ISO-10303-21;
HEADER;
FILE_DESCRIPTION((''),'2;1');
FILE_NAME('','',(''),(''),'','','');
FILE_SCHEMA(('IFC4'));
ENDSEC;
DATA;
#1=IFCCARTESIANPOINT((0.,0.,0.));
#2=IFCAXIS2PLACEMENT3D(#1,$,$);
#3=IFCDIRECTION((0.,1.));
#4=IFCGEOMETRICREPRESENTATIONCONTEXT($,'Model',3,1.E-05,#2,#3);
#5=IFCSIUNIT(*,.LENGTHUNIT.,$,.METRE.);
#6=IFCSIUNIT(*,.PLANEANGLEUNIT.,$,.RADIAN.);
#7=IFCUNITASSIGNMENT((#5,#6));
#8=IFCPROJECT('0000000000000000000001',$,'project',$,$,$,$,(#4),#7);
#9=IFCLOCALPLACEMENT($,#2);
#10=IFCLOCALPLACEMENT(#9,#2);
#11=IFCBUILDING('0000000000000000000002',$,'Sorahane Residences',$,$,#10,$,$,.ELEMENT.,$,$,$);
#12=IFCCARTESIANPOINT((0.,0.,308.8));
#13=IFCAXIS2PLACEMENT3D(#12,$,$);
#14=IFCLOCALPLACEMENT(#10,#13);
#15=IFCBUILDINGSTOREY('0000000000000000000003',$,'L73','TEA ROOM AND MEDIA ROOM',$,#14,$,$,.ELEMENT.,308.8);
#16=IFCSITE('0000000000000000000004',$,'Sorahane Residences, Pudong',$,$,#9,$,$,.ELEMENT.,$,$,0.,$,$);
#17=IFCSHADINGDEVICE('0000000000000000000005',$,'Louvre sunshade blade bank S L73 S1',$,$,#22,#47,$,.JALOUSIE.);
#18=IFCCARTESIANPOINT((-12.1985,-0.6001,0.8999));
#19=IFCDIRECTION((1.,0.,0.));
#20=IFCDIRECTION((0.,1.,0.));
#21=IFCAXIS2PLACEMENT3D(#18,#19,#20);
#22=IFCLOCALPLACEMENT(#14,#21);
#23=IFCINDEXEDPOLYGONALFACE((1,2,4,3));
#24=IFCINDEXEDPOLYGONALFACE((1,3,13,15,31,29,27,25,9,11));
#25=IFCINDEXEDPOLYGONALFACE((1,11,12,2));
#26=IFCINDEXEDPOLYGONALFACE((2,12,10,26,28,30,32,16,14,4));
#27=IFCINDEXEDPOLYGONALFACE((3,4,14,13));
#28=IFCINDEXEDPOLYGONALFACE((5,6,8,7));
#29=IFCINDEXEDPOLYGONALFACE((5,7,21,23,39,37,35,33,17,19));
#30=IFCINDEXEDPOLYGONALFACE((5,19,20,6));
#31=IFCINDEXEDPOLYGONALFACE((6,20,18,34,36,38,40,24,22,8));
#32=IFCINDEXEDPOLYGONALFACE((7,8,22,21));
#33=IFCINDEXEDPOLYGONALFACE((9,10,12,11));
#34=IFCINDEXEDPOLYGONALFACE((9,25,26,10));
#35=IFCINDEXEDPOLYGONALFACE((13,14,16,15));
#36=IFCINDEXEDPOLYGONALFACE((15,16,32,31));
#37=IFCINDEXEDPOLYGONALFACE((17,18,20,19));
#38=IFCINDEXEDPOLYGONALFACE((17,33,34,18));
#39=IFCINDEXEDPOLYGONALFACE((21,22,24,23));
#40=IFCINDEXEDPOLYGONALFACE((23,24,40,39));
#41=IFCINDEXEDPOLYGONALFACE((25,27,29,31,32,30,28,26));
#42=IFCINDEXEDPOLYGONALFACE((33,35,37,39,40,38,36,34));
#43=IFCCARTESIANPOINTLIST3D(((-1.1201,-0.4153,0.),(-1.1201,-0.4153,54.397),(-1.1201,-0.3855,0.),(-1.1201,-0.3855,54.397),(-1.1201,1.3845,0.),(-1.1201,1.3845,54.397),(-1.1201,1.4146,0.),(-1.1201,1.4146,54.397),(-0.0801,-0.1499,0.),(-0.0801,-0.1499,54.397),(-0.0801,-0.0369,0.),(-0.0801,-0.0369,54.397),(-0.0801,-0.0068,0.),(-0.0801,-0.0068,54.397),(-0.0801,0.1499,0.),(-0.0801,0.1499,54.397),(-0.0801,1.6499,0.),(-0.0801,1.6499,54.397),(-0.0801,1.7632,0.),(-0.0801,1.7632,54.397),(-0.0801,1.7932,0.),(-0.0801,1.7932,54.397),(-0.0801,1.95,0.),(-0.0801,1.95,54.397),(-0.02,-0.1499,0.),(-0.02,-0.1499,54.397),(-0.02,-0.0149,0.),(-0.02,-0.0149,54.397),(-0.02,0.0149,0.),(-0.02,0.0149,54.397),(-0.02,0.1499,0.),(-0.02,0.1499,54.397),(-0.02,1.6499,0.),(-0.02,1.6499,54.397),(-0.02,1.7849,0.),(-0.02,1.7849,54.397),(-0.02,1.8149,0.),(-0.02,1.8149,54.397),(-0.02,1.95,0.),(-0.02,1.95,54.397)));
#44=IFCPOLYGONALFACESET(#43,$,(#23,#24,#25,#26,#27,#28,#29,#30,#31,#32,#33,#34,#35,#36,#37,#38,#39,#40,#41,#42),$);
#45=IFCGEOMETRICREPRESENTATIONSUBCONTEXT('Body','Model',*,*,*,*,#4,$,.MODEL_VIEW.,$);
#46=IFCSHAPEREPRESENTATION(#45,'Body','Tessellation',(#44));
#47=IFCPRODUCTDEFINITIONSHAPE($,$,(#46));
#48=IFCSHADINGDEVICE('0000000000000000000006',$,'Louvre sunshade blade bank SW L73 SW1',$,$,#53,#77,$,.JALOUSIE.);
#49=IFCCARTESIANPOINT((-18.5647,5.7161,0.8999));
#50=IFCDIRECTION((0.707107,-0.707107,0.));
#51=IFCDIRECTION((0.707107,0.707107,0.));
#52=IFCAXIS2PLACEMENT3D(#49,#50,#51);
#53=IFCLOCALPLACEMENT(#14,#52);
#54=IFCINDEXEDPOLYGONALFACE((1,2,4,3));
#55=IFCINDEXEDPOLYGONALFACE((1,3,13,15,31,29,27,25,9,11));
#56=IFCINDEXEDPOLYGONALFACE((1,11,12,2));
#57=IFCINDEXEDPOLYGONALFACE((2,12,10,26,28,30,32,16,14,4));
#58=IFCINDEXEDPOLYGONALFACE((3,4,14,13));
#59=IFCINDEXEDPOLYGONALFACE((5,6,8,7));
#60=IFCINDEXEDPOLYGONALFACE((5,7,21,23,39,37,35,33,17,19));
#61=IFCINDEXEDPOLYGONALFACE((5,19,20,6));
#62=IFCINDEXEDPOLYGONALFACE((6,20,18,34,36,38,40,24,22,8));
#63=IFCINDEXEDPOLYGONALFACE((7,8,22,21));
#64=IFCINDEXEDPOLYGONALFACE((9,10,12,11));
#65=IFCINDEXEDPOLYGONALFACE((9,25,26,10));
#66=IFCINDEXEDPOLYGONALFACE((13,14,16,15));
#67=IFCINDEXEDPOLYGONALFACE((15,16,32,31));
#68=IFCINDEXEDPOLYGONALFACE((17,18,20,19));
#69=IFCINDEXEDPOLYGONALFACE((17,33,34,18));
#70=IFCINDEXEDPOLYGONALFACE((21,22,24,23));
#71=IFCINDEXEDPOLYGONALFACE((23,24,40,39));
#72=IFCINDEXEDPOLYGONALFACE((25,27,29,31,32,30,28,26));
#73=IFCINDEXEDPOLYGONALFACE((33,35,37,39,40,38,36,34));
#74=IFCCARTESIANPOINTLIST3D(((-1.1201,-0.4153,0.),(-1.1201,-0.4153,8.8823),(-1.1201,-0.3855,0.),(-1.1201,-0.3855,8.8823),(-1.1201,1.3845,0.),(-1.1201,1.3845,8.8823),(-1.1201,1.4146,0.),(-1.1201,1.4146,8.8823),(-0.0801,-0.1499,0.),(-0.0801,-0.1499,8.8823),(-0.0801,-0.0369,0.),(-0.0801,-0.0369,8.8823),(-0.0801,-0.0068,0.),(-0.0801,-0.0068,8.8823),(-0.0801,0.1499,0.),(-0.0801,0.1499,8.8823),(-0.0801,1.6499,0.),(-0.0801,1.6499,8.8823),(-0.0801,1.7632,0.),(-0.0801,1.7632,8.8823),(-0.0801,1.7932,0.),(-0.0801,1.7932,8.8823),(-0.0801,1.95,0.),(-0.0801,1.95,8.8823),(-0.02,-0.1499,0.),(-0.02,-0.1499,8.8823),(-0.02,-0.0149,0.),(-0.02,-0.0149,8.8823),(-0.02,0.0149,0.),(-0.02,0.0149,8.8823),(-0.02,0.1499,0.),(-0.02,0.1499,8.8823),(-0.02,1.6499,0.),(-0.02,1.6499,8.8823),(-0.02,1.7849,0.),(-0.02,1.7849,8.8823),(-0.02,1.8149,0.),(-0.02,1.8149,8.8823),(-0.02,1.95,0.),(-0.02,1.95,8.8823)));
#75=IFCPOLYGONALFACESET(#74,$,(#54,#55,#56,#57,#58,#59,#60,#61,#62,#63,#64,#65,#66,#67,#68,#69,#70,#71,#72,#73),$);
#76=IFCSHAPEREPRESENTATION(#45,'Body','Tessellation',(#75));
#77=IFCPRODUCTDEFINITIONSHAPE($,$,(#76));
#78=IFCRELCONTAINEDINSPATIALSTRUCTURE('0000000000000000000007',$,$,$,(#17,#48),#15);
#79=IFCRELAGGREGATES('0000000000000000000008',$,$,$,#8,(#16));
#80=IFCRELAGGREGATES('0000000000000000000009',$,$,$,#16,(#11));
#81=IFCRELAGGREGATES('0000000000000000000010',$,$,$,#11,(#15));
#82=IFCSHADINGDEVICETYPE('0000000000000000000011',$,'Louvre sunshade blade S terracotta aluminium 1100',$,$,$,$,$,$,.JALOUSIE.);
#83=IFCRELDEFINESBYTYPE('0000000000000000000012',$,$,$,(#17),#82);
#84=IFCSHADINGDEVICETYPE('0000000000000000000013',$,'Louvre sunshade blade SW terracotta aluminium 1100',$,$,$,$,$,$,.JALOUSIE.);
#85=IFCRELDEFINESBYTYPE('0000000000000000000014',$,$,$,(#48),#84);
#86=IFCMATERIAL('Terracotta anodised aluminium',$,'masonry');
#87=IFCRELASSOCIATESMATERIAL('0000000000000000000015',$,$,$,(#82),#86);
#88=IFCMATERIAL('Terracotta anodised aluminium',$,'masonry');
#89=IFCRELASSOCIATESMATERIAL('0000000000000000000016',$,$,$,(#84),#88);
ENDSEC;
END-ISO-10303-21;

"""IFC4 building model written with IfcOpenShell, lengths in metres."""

from ifc_helpers import new_model, si_unit, direction, frame, origin, place, context, subcontext, project, spatial, polyline, outline, composite_profile, extrude, material, type_object, element, save


model = new_model("IFC4")

# Units and contexts
model_context = context("Model", 3, precision=1e-05, world=origin(), true_north=direction((0.0, 1.0)))
body_context = subcontext(model_context, "Body", "Model", "MODEL_VIEW")
ifc_project = project(units=[si_unit("LENGTHUNIT", "METRE"), si_unit("PLANEANGLEUNIT", "RADIAN")], contexts=[model_context])

# Site, building, storey
site_placement = place(None, origin())
site = spatial("IfcSite", under=ifc_project, at=site_placement, Name="Sorahane Residences, Pudong", CompositionType="ELEMENT", RefElevation=0.0)
building_placement = place(site_placement, origin())
building = spatial("IfcBuilding", under=site, at=building_placement, Name="Sorahane Residences", CompositionType="ELEMENT")
storey_placement = place(building_placement, frame((0.0, 0.0, 308.8)))
storey = spatial("IfcBuildingStorey", under=building, at=storey_placement, Name="L73", Description="TEA ROOM AND MEDIA ROOM", CompositionType="ELEMENT", Elevation=308.8)

# Shading devices
ifc_material_1 = material(Name="Terracotta anodised aluminium", Category="masonry")
shading_device_type_1 = type_object("IfcShadingDeviceType", Name="Louvre sunshade blade S terracotta aluminium 1100", PredefinedType="JALOUSIE", material=ifc_material_1)
shading_device_1_placement = place(storey_placement, frame((-12.1985, -0.6001, 0.8999), z_axis=(1.0, 0.0, 0.0), x_axis=(0.0, 1.0, 0.0)))
element("IfcShadingDevice", 1, at=shading_device_1_placement, inside=storey, type_object=shading_device_type_1, Name="Louvre sunshade blade bank S L73 S1", PredefinedType="JALOUSIE", context=body_context, shape_type="SweptSolid", body=[
    extrude(composite_profile([outline(polyline([(-1.1201, -0.3855), (-1.1201, -0.4153), (-0.0801, -0.0369), (-0.0801, -0.1499), (-0.02, -0.1499), (-0.02, -0.0149), (-0.02, 0.0149), (-0.02, 0.1499), (-0.0801, 0.1499), (-0.0801, -0.0068), (-1.1201, -0.3855)])), outline(polyline([(-1.1201, 1.4146), (-1.1201, 1.3845), (-0.0801, 1.7632), (-0.0801, 1.6499), (-0.02, 1.6499), (-0.02, 1.7849), (-0.02, 1.8149), (-0.02, 1.95), (-0.0801, 1.95), (-0.0801, 1.7932), (-1.1201, 1.4146)]))]), origin(), (0.0, 0.0, 1.0), 54.397),
])
ifc_material_2 = material(Name="Terracotta anodised aluminium", Category="masonry")
shading_device_type_2 = type_object("IfcShadingDeviceType", Name="Louvre sunshade blade SW terracotta aluminium 1100", PredefinedType="JALOUSIE", material=ifc_material_2)
shading_device_2_placement = place(storey_placement, frame((-18.5647, 5.7161, 0.8999), z_axis=(0.707107, -0.707107, 0.0), x_axis=(0.707107, 0.707107, 0.0)))
element("IfcShadingDevice", 2, at=shading_device_2_placement, inside=storey, type_object=shading_device_type_2, Name="Louvre sunshade blade bank SW L73 SW1", PredefinedType="JALOUSIE", context=body_context, shape_type="SweptSolid", body=[
    extrude(composite_profile([outline(polyline([(-1.1201, -0.3855), (-1.1201, -0.4153), (-0.0801, -0.0369), (-0.0801, -0.1499), (-0.02, -0.1499), (-0.02, -0.0149), (-0.02, 0.0149), (-0.02, 0.1499), (-0.0801, 0.1499), (-0.0801, -0.0068), (-1.1201, -0.3855)])), outline(polyline([(-1.1201, 1.4146), (-1.1201, 1.3845), (-0.0801, 1.7632), (-0.0801, 1.6499), (-0.02, 1.6499), (-0.02, 1.7849), (-0.02, 1.8149), (-0.02, 1.95), (-0.0801, 1.95), (-0.0801, 1.7932), (-1.1201, 1.4146)]))]), origin(), (0.0, 0.0, 1.0), 8.8823),
])

save(model, "model.ifc")
